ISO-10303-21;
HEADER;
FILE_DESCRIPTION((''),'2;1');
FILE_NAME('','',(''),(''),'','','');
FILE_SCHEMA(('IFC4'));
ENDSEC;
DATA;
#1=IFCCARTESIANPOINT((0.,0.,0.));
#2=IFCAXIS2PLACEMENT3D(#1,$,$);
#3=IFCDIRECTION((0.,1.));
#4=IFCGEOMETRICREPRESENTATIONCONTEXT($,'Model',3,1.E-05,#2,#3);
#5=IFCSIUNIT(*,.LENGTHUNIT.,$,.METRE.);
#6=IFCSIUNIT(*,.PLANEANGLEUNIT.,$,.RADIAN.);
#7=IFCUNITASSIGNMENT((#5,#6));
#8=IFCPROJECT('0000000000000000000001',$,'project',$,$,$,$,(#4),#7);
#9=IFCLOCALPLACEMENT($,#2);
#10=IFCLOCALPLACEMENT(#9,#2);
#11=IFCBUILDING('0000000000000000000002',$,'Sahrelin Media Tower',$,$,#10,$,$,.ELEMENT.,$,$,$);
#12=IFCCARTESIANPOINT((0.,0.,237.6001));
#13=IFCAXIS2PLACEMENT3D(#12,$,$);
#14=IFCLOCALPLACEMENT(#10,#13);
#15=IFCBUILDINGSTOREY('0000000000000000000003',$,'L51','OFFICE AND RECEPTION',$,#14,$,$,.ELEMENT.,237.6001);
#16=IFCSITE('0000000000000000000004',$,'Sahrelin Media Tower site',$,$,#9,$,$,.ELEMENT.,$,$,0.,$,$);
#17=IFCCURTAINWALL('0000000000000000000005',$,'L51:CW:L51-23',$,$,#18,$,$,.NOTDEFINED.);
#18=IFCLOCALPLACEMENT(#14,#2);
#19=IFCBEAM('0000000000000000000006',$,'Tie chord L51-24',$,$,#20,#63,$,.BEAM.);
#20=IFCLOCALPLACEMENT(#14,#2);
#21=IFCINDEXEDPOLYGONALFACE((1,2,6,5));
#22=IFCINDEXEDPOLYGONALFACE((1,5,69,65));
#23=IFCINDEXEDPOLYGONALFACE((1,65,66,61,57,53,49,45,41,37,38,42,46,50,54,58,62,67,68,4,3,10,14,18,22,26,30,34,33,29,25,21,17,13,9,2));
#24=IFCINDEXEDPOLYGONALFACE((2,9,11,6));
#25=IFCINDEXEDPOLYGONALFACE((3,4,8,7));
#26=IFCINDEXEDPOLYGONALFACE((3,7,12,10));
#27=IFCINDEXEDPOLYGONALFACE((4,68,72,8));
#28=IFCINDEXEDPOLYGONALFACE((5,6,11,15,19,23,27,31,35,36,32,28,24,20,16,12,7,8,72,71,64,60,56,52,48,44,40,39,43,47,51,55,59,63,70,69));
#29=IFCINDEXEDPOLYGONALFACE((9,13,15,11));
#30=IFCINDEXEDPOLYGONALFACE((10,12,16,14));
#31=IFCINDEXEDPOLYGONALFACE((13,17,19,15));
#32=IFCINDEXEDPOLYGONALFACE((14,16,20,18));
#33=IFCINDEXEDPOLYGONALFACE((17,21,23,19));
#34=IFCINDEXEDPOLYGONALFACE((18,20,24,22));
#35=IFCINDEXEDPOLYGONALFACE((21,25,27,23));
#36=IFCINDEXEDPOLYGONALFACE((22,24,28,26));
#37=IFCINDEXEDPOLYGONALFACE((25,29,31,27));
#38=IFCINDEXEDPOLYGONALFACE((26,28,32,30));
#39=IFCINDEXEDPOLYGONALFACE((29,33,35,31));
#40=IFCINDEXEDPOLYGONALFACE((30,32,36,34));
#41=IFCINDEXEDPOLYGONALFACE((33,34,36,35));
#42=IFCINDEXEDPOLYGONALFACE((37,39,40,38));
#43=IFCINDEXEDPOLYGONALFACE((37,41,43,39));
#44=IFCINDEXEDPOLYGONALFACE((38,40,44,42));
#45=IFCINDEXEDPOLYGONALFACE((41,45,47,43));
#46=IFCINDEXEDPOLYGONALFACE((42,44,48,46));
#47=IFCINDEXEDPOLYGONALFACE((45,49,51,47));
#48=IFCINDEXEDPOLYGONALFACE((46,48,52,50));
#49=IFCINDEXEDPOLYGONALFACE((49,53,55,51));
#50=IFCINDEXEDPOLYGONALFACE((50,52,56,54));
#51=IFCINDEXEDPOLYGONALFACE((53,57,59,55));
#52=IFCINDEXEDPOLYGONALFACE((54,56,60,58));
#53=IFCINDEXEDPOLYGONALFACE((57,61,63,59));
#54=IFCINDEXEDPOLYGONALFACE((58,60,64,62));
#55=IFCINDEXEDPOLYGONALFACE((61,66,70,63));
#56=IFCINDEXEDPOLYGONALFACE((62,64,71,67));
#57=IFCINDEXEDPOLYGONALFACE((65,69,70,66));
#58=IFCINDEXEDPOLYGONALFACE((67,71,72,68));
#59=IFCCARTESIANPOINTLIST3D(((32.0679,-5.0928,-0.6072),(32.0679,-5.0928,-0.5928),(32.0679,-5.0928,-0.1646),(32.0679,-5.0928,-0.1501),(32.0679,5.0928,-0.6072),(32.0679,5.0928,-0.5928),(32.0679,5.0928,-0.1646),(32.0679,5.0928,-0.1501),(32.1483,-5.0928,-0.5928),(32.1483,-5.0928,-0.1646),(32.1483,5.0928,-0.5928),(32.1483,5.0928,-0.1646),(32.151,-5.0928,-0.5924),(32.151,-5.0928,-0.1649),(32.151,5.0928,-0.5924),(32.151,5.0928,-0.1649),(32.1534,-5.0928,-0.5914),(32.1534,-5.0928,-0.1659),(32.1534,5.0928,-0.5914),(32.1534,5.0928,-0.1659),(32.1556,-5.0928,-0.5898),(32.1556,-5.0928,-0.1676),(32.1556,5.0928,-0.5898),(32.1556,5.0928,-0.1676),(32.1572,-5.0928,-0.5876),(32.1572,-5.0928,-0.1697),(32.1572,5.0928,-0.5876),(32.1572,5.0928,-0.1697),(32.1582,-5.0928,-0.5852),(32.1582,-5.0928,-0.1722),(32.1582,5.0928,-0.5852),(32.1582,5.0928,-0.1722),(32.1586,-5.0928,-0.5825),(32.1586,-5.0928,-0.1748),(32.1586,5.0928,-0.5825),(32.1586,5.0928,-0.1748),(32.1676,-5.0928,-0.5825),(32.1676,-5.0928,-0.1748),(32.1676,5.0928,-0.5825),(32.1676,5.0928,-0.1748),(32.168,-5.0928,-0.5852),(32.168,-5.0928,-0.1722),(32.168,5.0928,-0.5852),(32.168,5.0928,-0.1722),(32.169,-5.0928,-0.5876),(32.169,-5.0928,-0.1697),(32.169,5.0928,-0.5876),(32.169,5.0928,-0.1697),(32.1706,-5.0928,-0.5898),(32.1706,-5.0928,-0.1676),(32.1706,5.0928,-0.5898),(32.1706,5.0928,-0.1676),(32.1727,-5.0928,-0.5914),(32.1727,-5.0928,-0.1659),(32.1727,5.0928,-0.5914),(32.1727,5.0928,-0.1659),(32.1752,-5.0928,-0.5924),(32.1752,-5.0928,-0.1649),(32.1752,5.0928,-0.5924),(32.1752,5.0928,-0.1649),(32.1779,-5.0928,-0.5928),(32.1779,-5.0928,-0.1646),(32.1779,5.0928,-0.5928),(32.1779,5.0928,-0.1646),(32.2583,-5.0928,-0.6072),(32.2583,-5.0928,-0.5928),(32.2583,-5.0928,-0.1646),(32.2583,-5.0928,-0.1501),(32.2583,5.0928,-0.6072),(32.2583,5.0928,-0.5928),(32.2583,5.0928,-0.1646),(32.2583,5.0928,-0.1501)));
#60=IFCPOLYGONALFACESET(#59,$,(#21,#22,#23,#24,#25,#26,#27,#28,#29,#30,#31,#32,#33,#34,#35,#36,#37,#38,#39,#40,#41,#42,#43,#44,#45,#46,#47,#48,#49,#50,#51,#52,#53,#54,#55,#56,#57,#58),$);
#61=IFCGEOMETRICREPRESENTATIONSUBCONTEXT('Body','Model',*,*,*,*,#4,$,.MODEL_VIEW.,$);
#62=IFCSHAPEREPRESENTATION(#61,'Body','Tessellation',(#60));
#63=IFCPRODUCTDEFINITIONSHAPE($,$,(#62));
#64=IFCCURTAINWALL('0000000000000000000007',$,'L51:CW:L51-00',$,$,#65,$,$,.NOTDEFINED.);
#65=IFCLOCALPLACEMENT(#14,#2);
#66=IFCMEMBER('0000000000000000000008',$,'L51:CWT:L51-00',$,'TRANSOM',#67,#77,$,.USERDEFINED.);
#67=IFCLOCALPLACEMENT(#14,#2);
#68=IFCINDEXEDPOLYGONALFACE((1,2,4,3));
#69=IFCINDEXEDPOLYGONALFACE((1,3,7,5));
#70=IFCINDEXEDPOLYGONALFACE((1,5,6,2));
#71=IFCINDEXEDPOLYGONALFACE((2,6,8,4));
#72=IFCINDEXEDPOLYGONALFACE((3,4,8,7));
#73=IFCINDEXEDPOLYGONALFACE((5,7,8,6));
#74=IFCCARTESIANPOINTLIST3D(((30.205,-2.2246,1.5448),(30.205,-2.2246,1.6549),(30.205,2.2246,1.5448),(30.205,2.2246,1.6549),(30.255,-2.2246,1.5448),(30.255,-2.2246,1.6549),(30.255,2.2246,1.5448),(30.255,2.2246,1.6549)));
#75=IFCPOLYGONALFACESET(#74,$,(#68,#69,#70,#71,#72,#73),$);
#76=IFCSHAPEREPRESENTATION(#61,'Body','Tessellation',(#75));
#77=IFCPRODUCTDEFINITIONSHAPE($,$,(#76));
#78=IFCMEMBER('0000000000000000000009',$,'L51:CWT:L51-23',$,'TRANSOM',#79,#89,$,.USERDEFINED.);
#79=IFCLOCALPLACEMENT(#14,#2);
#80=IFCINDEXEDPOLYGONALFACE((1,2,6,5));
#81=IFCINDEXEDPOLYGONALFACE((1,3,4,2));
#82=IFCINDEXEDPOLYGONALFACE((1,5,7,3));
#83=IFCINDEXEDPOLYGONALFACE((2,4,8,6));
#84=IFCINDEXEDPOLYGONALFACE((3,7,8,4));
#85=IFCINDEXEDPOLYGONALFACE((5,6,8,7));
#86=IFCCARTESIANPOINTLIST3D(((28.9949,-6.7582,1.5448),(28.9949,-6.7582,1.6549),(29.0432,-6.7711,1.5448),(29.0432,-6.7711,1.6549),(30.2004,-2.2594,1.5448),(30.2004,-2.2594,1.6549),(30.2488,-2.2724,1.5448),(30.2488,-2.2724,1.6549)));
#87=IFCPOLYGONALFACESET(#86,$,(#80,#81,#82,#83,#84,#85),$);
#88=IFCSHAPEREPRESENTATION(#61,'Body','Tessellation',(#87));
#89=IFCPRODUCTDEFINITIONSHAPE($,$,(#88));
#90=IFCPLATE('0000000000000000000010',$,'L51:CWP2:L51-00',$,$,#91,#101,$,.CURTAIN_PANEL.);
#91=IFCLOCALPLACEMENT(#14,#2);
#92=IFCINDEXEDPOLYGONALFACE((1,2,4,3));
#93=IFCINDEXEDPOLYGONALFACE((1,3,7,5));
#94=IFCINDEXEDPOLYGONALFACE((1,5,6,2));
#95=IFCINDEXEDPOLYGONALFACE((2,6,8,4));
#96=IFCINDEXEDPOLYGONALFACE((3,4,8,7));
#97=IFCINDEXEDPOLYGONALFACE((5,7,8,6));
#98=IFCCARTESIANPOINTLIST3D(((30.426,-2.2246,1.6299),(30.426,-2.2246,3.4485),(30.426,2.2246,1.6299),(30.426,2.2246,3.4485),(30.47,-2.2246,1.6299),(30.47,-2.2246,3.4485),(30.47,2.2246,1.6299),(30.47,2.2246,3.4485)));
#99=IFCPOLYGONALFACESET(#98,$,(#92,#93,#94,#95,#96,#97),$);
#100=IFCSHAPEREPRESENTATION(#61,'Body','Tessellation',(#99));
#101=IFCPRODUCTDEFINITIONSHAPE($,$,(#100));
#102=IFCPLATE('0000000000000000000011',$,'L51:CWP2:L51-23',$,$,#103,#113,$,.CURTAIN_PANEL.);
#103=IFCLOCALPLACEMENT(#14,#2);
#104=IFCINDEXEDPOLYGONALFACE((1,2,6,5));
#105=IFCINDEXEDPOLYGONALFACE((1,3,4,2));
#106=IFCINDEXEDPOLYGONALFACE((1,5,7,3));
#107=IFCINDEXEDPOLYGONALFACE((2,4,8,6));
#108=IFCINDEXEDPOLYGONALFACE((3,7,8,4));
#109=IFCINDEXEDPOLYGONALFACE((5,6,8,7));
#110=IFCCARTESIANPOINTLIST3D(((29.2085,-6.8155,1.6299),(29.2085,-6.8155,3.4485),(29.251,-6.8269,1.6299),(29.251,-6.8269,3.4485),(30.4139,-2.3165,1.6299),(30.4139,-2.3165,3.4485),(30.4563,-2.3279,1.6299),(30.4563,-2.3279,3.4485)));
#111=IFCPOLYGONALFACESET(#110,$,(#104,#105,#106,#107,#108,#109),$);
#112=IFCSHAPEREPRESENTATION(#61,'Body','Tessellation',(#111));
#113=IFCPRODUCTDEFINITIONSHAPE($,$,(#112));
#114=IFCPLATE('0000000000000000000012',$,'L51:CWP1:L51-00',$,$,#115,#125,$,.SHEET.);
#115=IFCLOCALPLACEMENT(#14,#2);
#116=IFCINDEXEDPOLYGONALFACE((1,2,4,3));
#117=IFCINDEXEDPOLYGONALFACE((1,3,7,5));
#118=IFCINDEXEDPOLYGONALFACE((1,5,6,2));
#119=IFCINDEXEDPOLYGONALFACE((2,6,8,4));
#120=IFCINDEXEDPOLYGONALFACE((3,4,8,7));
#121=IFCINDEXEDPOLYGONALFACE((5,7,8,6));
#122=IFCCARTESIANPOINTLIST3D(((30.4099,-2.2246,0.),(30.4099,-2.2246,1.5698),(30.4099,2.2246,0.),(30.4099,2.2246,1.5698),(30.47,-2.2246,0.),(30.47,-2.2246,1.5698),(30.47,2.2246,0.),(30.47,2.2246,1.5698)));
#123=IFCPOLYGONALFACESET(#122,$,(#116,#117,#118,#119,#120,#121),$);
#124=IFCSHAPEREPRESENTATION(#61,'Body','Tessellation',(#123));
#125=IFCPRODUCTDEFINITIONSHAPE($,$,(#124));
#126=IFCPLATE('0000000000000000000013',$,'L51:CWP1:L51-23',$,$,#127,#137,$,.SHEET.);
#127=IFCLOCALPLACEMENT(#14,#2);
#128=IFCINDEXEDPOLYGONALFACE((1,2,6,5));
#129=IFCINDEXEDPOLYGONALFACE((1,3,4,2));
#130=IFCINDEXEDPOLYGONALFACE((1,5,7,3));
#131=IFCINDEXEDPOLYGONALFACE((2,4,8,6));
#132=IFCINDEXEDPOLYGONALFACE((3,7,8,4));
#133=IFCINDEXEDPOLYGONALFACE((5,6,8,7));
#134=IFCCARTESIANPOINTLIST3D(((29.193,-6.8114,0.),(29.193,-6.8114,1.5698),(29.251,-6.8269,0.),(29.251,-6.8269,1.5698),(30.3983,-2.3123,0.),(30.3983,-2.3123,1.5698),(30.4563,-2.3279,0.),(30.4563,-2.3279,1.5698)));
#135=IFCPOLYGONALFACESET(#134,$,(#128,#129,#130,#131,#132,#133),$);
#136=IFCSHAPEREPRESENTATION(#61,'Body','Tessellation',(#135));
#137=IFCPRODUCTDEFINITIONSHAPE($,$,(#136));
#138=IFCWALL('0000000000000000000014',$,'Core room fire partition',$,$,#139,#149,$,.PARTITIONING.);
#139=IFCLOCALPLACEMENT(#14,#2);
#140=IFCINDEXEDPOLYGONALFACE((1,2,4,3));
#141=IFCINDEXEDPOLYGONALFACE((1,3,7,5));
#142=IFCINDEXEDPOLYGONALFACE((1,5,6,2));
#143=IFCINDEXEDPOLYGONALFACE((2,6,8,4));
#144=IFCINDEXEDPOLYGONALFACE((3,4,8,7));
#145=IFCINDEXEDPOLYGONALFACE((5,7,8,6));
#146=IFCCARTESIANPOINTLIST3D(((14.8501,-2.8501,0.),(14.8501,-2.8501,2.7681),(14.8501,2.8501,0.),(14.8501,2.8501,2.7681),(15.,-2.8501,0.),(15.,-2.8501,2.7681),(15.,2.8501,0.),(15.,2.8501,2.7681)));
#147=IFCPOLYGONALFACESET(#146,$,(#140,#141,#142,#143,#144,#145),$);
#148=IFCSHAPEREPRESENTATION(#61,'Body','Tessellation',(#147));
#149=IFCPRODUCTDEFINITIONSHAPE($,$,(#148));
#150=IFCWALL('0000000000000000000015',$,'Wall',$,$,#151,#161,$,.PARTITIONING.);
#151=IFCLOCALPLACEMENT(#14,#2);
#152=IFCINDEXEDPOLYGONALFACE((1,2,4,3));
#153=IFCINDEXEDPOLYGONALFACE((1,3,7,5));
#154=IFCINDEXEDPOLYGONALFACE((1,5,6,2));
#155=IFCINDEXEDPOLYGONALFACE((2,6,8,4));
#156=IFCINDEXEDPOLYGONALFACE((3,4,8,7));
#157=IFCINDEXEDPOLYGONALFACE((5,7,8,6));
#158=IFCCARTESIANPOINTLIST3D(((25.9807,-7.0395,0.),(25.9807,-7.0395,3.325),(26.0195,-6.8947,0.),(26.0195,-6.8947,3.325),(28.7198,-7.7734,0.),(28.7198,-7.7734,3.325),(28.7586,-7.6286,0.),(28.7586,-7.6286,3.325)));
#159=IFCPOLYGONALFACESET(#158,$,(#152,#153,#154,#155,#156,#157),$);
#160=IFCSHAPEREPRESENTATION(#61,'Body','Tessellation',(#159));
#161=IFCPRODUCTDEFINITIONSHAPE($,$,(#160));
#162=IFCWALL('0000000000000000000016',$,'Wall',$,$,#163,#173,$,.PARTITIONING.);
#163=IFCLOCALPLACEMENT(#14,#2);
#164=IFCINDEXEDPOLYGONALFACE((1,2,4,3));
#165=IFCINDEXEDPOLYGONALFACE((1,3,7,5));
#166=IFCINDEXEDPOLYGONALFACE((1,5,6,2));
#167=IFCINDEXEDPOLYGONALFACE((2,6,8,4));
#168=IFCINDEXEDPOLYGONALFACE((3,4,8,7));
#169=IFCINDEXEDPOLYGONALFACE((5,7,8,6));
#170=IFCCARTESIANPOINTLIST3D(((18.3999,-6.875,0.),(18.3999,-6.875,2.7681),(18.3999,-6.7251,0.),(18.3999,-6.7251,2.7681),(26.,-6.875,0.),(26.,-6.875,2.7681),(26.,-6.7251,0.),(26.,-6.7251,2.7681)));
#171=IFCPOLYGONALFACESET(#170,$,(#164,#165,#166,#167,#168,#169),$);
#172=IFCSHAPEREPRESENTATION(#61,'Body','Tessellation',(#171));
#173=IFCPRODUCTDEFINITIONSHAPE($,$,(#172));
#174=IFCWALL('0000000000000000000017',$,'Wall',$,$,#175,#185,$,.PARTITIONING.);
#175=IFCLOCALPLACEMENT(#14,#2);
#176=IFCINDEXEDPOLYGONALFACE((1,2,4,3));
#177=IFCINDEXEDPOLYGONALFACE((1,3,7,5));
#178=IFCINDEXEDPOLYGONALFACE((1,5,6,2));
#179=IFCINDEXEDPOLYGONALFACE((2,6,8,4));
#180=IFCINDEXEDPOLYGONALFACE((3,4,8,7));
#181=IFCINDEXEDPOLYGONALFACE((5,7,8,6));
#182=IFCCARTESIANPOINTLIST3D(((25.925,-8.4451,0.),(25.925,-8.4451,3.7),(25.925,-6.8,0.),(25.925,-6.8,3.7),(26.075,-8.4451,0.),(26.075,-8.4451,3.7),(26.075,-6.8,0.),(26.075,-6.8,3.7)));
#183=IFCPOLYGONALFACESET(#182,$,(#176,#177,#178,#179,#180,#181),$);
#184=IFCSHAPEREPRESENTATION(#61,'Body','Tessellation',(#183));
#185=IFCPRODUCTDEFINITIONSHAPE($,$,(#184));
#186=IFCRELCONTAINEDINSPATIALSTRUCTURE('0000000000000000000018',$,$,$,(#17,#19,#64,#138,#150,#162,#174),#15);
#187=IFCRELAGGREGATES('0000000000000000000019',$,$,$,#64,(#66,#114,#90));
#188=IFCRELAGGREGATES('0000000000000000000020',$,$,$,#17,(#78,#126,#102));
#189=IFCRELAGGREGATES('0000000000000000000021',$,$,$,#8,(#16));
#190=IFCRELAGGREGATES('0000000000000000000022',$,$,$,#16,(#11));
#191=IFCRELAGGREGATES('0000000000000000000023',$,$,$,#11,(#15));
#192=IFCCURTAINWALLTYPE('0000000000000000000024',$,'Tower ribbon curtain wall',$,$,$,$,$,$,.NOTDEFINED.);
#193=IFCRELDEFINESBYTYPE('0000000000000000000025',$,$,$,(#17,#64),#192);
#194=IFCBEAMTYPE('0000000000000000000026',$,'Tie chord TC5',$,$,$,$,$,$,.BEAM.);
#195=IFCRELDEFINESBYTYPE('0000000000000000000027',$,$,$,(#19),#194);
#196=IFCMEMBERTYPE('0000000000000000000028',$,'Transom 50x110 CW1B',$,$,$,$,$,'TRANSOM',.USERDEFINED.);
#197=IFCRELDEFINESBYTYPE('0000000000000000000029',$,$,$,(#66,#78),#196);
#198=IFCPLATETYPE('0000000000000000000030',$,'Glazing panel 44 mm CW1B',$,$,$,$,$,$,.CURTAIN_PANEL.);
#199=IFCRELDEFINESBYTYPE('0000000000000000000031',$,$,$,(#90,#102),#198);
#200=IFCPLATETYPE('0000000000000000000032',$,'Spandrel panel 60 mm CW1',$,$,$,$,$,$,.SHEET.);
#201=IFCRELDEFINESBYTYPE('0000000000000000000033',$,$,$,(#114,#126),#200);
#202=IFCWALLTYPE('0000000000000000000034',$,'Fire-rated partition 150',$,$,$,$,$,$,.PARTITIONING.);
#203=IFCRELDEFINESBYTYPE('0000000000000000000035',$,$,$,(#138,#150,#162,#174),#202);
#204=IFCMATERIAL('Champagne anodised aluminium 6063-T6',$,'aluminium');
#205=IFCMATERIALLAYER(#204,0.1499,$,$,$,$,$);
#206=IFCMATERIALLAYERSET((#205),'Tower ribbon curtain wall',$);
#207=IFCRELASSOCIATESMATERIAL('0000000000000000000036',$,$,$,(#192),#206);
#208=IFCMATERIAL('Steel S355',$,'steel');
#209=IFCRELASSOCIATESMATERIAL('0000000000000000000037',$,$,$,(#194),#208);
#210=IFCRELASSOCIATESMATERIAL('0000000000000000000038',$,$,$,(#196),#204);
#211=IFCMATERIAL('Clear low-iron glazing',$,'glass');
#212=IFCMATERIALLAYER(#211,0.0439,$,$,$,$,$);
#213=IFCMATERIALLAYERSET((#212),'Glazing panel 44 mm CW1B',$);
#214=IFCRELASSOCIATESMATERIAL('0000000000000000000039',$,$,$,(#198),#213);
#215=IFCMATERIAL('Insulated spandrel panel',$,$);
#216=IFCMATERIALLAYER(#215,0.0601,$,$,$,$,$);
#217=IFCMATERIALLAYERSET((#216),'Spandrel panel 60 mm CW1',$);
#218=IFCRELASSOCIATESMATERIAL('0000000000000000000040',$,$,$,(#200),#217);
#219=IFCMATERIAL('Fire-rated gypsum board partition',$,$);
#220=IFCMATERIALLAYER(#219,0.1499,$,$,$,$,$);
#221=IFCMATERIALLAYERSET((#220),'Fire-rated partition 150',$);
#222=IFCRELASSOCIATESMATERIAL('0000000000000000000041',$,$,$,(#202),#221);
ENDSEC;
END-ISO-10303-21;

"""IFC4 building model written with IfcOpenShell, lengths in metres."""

from ifc_helpers import new_model, si_unit, direction, frame, frame_2d, origin, origin_2d, place, context, subcontext, project, spatial, polyline, rectangle, i_section, outline, extrude, material, layer, layer_set, material_profile, profile_set, type_object, element, aggregate, save


model = new_model("IFC4")

# Units and contexts
model_context = context("Model", 3, precision=1e-05, world=origin(), true_north=direction((0.0, 1.0)))
body_context = subcontext(model_context, "Body", "Model", "MODEL_VIEW")
ifc_project = project(units=[si_unit("LENGTHUNIT", "METRE"), si_unit("PLANEANGLEUNIT", "RADIAN")], contexts=[model_context])

# Site, building, storey
site_placement = place(None, origin())
site = spatial("IfcSite", under=ifc_project, at=site_placement, Name="Sahrelin Media Tower site", CompositionType="ELEMENT", RefElevation=0.0)
building_placement = place(site_placement, origin())
building = spatial("IfcBuilding", under=site, at=building_placement, Name="Sahrelin Media Tower", CompositionType="ELEMENT")
storey_placement = place(building_placement, frame((0.0, 0.0, 237.6001)))
storey = spatial("IfcBuildingStorey", under=building, at=storey_placement, Name="L51", Description="OFFICE AND RECEPTION", CompositionType="ELEMENT", Elevation=237.6001)

# Shared definitions
ifc_material_1 = material(Name="Steel S355", Category="steel")

# Curtain wall
ifc_material_2 = material(Name="Champagne anodised aluminium 6063-T6", Category="aluminium")
ifc_layer_1 = layer(ifc_material_2, 0.1499)
ifc_layer_set_1 = layer_set([ifc_layer_1], Name="Tower ribbon curtain wall")
curtain_wall_type = type_object("IfcCurtainWallType", Name="Tower ribbon curtain wall", PredefinedType="NOTDEFINED", material=ifc_layer_set_1)
curtain_wall_1_placement = place(storey_placement, frame((29.8345, -4.5723, 0.0), z_axis=(0.0, 0.0, 1.0), x_axis=(1.0, 0.0, 0.0)))
curtain_wall_1 = element("IfcCurtainWall", 1, at=curtain_wall_1_placement, inside=storey, type_object=curtain_wall_type, Name="L51:CW:L51-23", PredefinedType="NOTDEFINED")

# Beam
ifc_material_profile_1 = material_profile(ifc_material_1, i_section(OverallWidth=0.1904, OverallDepth=0.457, WebThickness=0.009, FlangeThickness=0.0144, FilletRadius=0.0103, at=origin_2d()), Name="UB 457x191x74")
ifc_profile_set_1 = profile_set([ifc_material_profile_1], Name="Steel S355")
beam_type_1 = type_object("IfcBeamType", Name="Tie chord TC5", PredefinedType="BEAM", material=ifc_profile_set_1)
beam_1_placement = place(storey_placement, frame((32.1631, -5.0928, -0.3787), z_axis=(0.0, 1.0, 0.0), x_axis=(-1.0, 0.0, 0.0)))
element("IfcBeam", 2, at=beam_1_placement, inside=storey, type_object=beam_type_1, Name="Tie chord L51-24", PredefinedType="BEAM", context=body_context, shape_type="SweptSolid", body=[
    extrude(i_section(OverallWidth=0.1904, OverallDepth=0.457, WebThickness=0.009, FlangeThickness=0.0144, FilletRadius=0.0103, at=origin_2d()), origin(), (0.0, 0.0, 1.0), 10.1855),
])

# Curtain wall, member
curtain_wall_2_placement = place(storey_placement, frame((30.45, 0.0, 0.0), z_axis=(0.0, 0.0, 1.0), x_axis=(1.0, 0.0, 0.0)))
curtain_wall_2 = element("IfcCurtainWall", 3, at=curtain_wall_2_placement, inside=storey, type_object=curtain_wall_type, Name="L51:CW:L51-00", PredefinedType="NOTDEFINED")
ifc_material_profile_2 = material_profile(ifc_material_2, rectangle(XDim=0.05, YDim=0.1101, at=origin_2d()), Name="Transom 50x110")
ifc_profile_set_2 = profile_set([ifc_material_profile_2], Name="Champagne anodised aluminium 6063-T6")
member_type_1 = type_object("IfcMemberType", Name="Transom 50x110 CW1B", ElementType="TRANSOM", PredefinedType="USERDEFINED", material=ifc_profile_set_2)
member_1_placement = place(storey_placement, frame((30.23, -2.2246, 1.5999), z_axis=(0.0, 1.0, 0.0), x_axis=(-1.0, 0.0, 0.0)))
member_1 = element("IfcMember", 4, at=member_1_placement, type_object=member_type_1, Name="L51:CWT:L51-00", ObjectType="TRANSOM", PredefinedType="USERDEFINED", context=body_context, shape_type="SweptSolid", body=[
    extrude(rectangle(XDim=0.05, YDim=0.1101, at=origin_2d()), origin(), (0.0, 0.0, 1.0), 4.4492),
])

# Member
member_2_placement = place(storey_placement, frame((29.019, -6.7646, 1.5999), z_axis=(0.258844, 0.965919, 0.0), x_axis=(-0.965919, 0.258844, 0.0)))
member_2 = element("IfcMember", 5, at=member_2_placement, type_object=member_type_1, Name="L51:CWT:L51-23", ObjectType="TRANSOM", PredefinedType="USERDEFINED", context=body_context, shape_type="SweptSolid", body=[
    extrude(rectangle(XDim=0.05, YDim=0.1101, at=origin_2d()), origin(), (0.0, 0.0, 1.0), 4.6575),
])

# Plates
ifc_material_3 = material(Name="Clear low-iron glazing", Category="glass")
ifc_layer_2 = layer(ifc_material_3, 0.0439)
ifc_layer_set_2 = layer_set([ifc_layer_2], Name="Glazing panel 44 mm CW1B")
plate_type_1 = type_object("IfcPlateType", Name="Glazing panel 44 mm CW1B", PredefinedType="CURTAIN_PANEL", material=ifc_layer_set_2)
plate_1_placement = place(storey_placement, frame((30.47, -2.2246, 1.6299), z_axis=(1.0, 0.0, 0.0), x_axis=(0.0, 1.0, 0.0)))
plate_1 = element("IfcPlate", 6, at=plate_1_placement, type_object=plate_type_1, Name="L51:CWP2:L51-00", PredefinedType="CURTAIN_PANEL", context=body_context, shape_type="SweptSolid", body=[
    extrude(outline(polyline([(0.0, 0.0), (4.4492, 0.0), (4.4492, 1.8186), (0.0, 1.8186), (0.0, 0.0)])), origin(), (0.0, 0.0, -1.0), 0.0439),
])
plate_2_placement = place(storey_placement, frame((29.251, -6.8269, 1.6299), z_axis=(0.965936, -0.258781, 0.0), x_axis=(0.258781, 0.965936, 0.0)))
plate_2 = element("IfcPlate", 7, at=plate_2_placement, type_object=plate_type_1, Name="L51:CWP2:L51-23", PredefinedType="CURTAIN_PANEL", context=body_context, shape_type="SweptSolid", body=[
    extrude(outline(polyline([(0.0, 0.0), (4.6577, 0.0), (4.6577, 1.8186), (0.0, 1.8186), (0.0, 0.0)])), origin(), (0.0, 0.0, -1.0), 0.0439),
])
ifc_material_4 = material(Name="Insulated spandrel panel")
ifc_layer_3 = layer(ifc_material_4, 0.0601)
ifc_layer_set_3 = layer_set([ifc_layer_3], Name="Spandrel panel 60 mm CW1")
plate_type_2 = type_object("IfcPlateType", Name="Spandrel panel 60 mm CW1", PredefinedType="SHEET", material=ifc_layer_set_3)
plate_3_placement = place(storey_placement, frame((30.47, -2.2246, 0.0), z_axis=(1.0, 0.0, 0.0), x_axis=(0.0, 1.0, 0.0)))
plate_3 = element("IfcPlate", 8, at=plate_3_placement, type_object=plate_type_2, Name="L51:CWP1:L51-00", PredefinedType="SHEET", context=body_context, shape_type="SweptSolid", body=[
    extrude(outline(polyline([(0.0, 0.0), (4.4492, 0.0), (4.4492, 1.5698), (0.0, 1.5698), (0.0, 0.0)])), origin(), (0.0, 0.0, -1.0), 0.0601),
])
aggregate(curtain_wall_2, [member_1, plate_3, plate_1])
plate_4_placement = place(storey_placement, frame((29.251, -6.8269, 0.0), z_axis=(0.965936, -0.258781, 0.0), x_axis=(0.258781, 0.965936, 0.0)))
plate_4 = element("IfcPlate", 9, at=plate_4_placement, type_object=plate_type_2, Name="L51:CWP1:L51-23", PredefinedType="SHEET", context=body_context, shape_type="SweptSolid", body=[
    extrude(outline(polyline([(0.0, 0.0), (4.6577, 0.0), (4.6577, 1.5698), (0.0, 1.5698), (0.0, 0.0)])), origin(), (0.0, 0.0, -1.0), 0.0601),
])
aggregate(curtain_wall_1, [member_2, plate_4, plate_2])

# Walls
ifc_material_5 = material(Name="Fire-rated gypsum board partition")
ifc_layer_4 = layer(ifc_material_5, 0.1499)
ifc_layer_set_4 = layer_set([ifc_layer_4], Name="Fire-rated partition 150")
wall_type_1 = type_object("IfcWallType", Name="Fire-rated partition 150", PredefinedType="PARTITIONING", material=ifc_layer_set_4)
wall_1_placement = place(storey_placement, frame((14.925, -2.8501, 0.0), z_axis=(0.0, 0.0, 1.0), x_axis=(0.0, 1.0, 0.0)))
element("IfcWall", 10, at=wall_1_placement, inside=storey, type_object=wall_type_1, Name="Core room fire partition", PredefinedType="PARTITIONING", context=body_context, shape_type="SweptSolid", body=[
    extrude(rectangle(XDim=5.7002, YDim=0.1499, at=frame_2d((2.8501, 0.0))), origin(), (0.0, 0.0, 1.0), 2.7681),
])
wall_2_placement = place(storey_placement, frame((26.0, -6.967, 0.0), z_axis=(0.0, 0.0, 1.0), x_axis=(0.965928, -0.258809, 0.0)))
element("IfcWall", 11, at=wall_2_placement, inside=storey, type_object=wall_type_1, Name="Wall", PredefinedType="PARTITIONING", context=body_context, shape_type="SweptSolid", body=[
    extrude(rectangle(XDim=2.8357, YDim=0.1499, at=frame_2d((1.418, 0.0))), origin(), (0.0, 0.0, 1.0), 3.325),
])
wall_3_placement = place(storey_placement, frame((18.3999, -6.8, 0.0), z_axis=(0.0, 0.0, 1.0), x_axis=(1.0, 0.0, 0.0)))
element("IfcWall", 12, at=wall_3_placement, inside=storey, type_object=wall_type_1, Name="Wall", PredefinedType="PARTITIONING", context=body_context, shape_type="SweptSolid", body=[
    extrude(rectangle(XDim=7.6001, YDim=0.1499, at=frame_2d((3.8, 0.0))), origin(), (0.0, 0.0, 1.0), 2.7681),
])
wall_4_placement = place(storey_placement, frame((26.0, -8.4451, 0.0), z_axis=(0.0, 0.0, 1.0), x_axis=(0.0, 1.0, 0.0)))
element("IfcWall", 13, at=wall_4_placement, inside=storey, type_object=wall_type_1, Name="Wall", PredefinedType="PARTITIONING", context=body_context, shape_type="SweptSolid", body=[
    extrude(rectangle(XDim=1.645, YDim=0.1499, at=frame_2d((0.8225, 0.0))), origin(), (0.0, 0.0, 1.0), 3.7),
])

save(model, "model.ifc")
